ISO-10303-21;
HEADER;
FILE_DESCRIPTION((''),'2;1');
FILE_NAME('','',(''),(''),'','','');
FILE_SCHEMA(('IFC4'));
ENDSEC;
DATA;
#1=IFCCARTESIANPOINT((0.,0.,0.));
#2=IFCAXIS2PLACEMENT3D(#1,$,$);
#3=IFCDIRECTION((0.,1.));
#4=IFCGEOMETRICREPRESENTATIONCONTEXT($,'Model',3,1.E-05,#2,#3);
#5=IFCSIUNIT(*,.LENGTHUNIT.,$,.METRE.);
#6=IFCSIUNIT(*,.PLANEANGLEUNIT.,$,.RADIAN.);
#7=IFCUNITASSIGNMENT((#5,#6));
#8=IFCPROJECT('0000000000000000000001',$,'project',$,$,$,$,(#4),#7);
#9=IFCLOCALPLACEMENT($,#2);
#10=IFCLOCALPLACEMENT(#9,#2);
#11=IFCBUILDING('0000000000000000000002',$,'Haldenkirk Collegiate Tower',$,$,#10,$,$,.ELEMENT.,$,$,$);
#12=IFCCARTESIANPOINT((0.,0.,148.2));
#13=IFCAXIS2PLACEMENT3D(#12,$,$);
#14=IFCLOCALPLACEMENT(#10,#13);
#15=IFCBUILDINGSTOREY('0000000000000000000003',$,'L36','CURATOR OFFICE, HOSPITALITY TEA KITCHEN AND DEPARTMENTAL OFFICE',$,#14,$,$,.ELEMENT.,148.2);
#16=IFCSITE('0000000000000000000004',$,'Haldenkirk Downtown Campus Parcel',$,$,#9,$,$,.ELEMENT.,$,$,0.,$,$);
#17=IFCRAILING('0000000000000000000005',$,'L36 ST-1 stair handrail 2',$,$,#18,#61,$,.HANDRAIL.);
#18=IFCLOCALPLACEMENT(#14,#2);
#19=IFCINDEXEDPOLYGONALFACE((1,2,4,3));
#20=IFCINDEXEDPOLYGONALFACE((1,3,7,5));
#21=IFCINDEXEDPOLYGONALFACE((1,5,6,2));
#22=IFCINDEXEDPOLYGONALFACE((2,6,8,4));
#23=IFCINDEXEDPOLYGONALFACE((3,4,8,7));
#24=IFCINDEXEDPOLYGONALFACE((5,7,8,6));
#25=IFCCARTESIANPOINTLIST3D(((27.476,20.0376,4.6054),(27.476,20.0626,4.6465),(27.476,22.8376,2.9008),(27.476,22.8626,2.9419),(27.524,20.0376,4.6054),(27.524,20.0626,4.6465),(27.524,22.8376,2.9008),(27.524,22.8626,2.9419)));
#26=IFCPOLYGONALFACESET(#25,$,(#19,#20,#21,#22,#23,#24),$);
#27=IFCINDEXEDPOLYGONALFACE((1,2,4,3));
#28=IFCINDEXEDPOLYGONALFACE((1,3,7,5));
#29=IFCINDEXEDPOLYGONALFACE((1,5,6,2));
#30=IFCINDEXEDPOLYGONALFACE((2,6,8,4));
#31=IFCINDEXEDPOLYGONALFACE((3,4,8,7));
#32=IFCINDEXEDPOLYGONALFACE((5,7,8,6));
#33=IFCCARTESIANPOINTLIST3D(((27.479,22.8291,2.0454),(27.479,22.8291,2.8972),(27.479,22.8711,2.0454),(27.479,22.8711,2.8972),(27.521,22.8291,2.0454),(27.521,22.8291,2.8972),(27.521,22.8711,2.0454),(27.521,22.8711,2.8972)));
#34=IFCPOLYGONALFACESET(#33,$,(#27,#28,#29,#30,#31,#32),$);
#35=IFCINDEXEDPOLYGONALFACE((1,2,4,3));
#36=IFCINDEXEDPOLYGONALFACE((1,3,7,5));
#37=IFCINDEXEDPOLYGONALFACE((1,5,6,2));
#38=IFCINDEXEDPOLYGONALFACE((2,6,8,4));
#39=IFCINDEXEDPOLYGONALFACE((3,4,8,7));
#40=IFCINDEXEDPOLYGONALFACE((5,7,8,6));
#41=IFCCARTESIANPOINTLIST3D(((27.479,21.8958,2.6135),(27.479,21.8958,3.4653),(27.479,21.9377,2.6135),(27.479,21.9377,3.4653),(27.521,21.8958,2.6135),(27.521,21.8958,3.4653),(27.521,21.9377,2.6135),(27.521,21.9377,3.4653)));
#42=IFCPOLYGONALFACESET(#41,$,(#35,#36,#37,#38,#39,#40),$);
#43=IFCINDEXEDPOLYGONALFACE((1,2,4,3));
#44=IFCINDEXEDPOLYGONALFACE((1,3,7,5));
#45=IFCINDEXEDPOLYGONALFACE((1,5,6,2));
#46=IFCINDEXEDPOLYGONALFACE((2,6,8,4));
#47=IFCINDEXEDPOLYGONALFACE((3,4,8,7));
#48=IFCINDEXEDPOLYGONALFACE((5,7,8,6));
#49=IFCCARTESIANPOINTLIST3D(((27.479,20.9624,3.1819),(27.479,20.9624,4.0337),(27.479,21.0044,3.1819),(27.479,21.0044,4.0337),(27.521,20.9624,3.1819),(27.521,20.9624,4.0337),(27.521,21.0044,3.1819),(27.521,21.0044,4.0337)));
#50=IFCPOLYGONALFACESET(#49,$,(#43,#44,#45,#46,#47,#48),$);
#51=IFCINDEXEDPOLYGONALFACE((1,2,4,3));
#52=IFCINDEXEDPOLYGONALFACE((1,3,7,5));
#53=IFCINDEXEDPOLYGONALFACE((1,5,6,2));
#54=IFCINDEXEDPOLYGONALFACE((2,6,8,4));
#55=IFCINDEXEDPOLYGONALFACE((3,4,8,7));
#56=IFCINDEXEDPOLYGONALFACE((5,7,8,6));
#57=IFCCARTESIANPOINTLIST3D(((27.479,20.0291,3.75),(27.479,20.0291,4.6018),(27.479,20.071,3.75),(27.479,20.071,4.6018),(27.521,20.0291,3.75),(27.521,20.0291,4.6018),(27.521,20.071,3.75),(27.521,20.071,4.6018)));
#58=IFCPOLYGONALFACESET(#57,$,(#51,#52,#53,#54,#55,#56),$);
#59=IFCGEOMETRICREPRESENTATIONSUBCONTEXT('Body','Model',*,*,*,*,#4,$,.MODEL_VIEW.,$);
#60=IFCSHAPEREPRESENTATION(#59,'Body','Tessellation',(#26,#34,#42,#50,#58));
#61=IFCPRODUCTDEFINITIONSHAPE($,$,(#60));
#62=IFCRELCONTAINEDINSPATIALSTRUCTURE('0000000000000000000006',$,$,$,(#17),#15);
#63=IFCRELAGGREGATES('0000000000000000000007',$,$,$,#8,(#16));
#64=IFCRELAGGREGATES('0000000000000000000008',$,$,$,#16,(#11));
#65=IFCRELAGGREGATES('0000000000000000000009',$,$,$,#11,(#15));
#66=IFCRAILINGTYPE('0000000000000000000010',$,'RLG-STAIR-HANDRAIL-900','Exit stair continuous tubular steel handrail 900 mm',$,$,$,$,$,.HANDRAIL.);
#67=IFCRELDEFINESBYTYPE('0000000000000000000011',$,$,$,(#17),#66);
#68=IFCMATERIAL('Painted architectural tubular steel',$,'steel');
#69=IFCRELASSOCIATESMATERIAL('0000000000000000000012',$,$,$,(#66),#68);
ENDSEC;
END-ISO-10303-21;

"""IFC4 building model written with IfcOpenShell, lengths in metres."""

from ifc_helpers import new_model, si_unit, direction, frame, origin, origin_2d, place, context, subcontext, project, spatial, rectangle, extrude, material, type_object, element, save


model = new_model("IFC4")

# Units and contexts
model_context = context("Model", 3, precision=1e-05, world=origin(), true_north=direction((0.0, 1.0)))
body_context = subcontext(model_context, "Body", "Model", "MODEL_VIEW")
ifc_project = project(units=[si_unit("LENGTHUNIT", "METRE"), si_unit("PLANEANGLEUNIT", "RADIAN")], contexts=[model_context])

# Site, building, storey
site_placement = place(None, origin())
site = spatial("IfcSite", under=ifc_project, at=site_placement, Name="Haldenkirk Downtown Campus Parcel", CompositionType="ELEMENT", RefElevation=0.0)
building_placement = place(site_placement, origin())
building = spatial("IfcBuilding", under=site, at=building_placement, Name="Haldenkirk Collegiate Tower", CompositionType="ELEMENT")
storey_placement = place(building_placement, frame((0.0, 0.0, 148.2)))
storey = spatial("IfcBuildingStorey", under=building, at=storey_placement, Name="L36", Description="CURATOR OFFICE, HOSPITALITY TEA KITCHEN AND DEPARTMENTAL OFFICE", CompositionType="ELEMENT", Elevation=148.2)

# Railing
ifc_material_1 = material(Name="Painted architectural tubular steel", Category="steel")
railing_type_1 = type_object("IfcRailingType", Name="RLG-STAIR-HANDRAIL-900", Description="Exit stair continuous tubular steel handrail 900 mm", PredefinedType="HANDRAIL", material=ifc_material_1)
railing_1_placement = place(storey_placement, frame((27.5, 22.8501, 2.0454)))
element("IfcRailing", 1, at=railing_1_placement, inside=storey, type_object=railing_type_1, Name="L36 ST-1 stair handrail 2", PredefinedType="HANDRAIL", context=body_context, shape_type="SweptSolid", body=[
    extrude(rectangle(XDim=0.0481, YDim=0.0481, at=origin_2d()), frame((0.0, 0.0, 0.876), z_axis=(0.0, -0.85417, 0.519994), x_axis=(1.0, 0.0, 0.0)), (0.0, 0.0, 1.0), 3.2781),
    extrude(rectangle(XDim=0.042, YDim=0.042, at=origin_2d()), origin(), (0.0, 0.0, 1.0), 0.8518),
    extrude(rectangle(XDim=0.042, YDim=0.042, at=origin_2d()), frame((0.0, -0.9333, 0.5681)), (0.0, 0.0, 1.0), 0.8518),
    extrude(rectangle(XDim=0.042, YDim=0.042, at=origin_2d()), frame((0.0, -1.8667, 1.1365)), (0.0, 0.0, 1.0), 0.8518),
    extrude(rectangle(XDim=0.042, YDim=0.042, at=origin_2d()), frame((0.0, -2.8, 1.7046)), (0.0, 0.0, 1.0), 0.8518),
])

save(model, "model.ifc")
